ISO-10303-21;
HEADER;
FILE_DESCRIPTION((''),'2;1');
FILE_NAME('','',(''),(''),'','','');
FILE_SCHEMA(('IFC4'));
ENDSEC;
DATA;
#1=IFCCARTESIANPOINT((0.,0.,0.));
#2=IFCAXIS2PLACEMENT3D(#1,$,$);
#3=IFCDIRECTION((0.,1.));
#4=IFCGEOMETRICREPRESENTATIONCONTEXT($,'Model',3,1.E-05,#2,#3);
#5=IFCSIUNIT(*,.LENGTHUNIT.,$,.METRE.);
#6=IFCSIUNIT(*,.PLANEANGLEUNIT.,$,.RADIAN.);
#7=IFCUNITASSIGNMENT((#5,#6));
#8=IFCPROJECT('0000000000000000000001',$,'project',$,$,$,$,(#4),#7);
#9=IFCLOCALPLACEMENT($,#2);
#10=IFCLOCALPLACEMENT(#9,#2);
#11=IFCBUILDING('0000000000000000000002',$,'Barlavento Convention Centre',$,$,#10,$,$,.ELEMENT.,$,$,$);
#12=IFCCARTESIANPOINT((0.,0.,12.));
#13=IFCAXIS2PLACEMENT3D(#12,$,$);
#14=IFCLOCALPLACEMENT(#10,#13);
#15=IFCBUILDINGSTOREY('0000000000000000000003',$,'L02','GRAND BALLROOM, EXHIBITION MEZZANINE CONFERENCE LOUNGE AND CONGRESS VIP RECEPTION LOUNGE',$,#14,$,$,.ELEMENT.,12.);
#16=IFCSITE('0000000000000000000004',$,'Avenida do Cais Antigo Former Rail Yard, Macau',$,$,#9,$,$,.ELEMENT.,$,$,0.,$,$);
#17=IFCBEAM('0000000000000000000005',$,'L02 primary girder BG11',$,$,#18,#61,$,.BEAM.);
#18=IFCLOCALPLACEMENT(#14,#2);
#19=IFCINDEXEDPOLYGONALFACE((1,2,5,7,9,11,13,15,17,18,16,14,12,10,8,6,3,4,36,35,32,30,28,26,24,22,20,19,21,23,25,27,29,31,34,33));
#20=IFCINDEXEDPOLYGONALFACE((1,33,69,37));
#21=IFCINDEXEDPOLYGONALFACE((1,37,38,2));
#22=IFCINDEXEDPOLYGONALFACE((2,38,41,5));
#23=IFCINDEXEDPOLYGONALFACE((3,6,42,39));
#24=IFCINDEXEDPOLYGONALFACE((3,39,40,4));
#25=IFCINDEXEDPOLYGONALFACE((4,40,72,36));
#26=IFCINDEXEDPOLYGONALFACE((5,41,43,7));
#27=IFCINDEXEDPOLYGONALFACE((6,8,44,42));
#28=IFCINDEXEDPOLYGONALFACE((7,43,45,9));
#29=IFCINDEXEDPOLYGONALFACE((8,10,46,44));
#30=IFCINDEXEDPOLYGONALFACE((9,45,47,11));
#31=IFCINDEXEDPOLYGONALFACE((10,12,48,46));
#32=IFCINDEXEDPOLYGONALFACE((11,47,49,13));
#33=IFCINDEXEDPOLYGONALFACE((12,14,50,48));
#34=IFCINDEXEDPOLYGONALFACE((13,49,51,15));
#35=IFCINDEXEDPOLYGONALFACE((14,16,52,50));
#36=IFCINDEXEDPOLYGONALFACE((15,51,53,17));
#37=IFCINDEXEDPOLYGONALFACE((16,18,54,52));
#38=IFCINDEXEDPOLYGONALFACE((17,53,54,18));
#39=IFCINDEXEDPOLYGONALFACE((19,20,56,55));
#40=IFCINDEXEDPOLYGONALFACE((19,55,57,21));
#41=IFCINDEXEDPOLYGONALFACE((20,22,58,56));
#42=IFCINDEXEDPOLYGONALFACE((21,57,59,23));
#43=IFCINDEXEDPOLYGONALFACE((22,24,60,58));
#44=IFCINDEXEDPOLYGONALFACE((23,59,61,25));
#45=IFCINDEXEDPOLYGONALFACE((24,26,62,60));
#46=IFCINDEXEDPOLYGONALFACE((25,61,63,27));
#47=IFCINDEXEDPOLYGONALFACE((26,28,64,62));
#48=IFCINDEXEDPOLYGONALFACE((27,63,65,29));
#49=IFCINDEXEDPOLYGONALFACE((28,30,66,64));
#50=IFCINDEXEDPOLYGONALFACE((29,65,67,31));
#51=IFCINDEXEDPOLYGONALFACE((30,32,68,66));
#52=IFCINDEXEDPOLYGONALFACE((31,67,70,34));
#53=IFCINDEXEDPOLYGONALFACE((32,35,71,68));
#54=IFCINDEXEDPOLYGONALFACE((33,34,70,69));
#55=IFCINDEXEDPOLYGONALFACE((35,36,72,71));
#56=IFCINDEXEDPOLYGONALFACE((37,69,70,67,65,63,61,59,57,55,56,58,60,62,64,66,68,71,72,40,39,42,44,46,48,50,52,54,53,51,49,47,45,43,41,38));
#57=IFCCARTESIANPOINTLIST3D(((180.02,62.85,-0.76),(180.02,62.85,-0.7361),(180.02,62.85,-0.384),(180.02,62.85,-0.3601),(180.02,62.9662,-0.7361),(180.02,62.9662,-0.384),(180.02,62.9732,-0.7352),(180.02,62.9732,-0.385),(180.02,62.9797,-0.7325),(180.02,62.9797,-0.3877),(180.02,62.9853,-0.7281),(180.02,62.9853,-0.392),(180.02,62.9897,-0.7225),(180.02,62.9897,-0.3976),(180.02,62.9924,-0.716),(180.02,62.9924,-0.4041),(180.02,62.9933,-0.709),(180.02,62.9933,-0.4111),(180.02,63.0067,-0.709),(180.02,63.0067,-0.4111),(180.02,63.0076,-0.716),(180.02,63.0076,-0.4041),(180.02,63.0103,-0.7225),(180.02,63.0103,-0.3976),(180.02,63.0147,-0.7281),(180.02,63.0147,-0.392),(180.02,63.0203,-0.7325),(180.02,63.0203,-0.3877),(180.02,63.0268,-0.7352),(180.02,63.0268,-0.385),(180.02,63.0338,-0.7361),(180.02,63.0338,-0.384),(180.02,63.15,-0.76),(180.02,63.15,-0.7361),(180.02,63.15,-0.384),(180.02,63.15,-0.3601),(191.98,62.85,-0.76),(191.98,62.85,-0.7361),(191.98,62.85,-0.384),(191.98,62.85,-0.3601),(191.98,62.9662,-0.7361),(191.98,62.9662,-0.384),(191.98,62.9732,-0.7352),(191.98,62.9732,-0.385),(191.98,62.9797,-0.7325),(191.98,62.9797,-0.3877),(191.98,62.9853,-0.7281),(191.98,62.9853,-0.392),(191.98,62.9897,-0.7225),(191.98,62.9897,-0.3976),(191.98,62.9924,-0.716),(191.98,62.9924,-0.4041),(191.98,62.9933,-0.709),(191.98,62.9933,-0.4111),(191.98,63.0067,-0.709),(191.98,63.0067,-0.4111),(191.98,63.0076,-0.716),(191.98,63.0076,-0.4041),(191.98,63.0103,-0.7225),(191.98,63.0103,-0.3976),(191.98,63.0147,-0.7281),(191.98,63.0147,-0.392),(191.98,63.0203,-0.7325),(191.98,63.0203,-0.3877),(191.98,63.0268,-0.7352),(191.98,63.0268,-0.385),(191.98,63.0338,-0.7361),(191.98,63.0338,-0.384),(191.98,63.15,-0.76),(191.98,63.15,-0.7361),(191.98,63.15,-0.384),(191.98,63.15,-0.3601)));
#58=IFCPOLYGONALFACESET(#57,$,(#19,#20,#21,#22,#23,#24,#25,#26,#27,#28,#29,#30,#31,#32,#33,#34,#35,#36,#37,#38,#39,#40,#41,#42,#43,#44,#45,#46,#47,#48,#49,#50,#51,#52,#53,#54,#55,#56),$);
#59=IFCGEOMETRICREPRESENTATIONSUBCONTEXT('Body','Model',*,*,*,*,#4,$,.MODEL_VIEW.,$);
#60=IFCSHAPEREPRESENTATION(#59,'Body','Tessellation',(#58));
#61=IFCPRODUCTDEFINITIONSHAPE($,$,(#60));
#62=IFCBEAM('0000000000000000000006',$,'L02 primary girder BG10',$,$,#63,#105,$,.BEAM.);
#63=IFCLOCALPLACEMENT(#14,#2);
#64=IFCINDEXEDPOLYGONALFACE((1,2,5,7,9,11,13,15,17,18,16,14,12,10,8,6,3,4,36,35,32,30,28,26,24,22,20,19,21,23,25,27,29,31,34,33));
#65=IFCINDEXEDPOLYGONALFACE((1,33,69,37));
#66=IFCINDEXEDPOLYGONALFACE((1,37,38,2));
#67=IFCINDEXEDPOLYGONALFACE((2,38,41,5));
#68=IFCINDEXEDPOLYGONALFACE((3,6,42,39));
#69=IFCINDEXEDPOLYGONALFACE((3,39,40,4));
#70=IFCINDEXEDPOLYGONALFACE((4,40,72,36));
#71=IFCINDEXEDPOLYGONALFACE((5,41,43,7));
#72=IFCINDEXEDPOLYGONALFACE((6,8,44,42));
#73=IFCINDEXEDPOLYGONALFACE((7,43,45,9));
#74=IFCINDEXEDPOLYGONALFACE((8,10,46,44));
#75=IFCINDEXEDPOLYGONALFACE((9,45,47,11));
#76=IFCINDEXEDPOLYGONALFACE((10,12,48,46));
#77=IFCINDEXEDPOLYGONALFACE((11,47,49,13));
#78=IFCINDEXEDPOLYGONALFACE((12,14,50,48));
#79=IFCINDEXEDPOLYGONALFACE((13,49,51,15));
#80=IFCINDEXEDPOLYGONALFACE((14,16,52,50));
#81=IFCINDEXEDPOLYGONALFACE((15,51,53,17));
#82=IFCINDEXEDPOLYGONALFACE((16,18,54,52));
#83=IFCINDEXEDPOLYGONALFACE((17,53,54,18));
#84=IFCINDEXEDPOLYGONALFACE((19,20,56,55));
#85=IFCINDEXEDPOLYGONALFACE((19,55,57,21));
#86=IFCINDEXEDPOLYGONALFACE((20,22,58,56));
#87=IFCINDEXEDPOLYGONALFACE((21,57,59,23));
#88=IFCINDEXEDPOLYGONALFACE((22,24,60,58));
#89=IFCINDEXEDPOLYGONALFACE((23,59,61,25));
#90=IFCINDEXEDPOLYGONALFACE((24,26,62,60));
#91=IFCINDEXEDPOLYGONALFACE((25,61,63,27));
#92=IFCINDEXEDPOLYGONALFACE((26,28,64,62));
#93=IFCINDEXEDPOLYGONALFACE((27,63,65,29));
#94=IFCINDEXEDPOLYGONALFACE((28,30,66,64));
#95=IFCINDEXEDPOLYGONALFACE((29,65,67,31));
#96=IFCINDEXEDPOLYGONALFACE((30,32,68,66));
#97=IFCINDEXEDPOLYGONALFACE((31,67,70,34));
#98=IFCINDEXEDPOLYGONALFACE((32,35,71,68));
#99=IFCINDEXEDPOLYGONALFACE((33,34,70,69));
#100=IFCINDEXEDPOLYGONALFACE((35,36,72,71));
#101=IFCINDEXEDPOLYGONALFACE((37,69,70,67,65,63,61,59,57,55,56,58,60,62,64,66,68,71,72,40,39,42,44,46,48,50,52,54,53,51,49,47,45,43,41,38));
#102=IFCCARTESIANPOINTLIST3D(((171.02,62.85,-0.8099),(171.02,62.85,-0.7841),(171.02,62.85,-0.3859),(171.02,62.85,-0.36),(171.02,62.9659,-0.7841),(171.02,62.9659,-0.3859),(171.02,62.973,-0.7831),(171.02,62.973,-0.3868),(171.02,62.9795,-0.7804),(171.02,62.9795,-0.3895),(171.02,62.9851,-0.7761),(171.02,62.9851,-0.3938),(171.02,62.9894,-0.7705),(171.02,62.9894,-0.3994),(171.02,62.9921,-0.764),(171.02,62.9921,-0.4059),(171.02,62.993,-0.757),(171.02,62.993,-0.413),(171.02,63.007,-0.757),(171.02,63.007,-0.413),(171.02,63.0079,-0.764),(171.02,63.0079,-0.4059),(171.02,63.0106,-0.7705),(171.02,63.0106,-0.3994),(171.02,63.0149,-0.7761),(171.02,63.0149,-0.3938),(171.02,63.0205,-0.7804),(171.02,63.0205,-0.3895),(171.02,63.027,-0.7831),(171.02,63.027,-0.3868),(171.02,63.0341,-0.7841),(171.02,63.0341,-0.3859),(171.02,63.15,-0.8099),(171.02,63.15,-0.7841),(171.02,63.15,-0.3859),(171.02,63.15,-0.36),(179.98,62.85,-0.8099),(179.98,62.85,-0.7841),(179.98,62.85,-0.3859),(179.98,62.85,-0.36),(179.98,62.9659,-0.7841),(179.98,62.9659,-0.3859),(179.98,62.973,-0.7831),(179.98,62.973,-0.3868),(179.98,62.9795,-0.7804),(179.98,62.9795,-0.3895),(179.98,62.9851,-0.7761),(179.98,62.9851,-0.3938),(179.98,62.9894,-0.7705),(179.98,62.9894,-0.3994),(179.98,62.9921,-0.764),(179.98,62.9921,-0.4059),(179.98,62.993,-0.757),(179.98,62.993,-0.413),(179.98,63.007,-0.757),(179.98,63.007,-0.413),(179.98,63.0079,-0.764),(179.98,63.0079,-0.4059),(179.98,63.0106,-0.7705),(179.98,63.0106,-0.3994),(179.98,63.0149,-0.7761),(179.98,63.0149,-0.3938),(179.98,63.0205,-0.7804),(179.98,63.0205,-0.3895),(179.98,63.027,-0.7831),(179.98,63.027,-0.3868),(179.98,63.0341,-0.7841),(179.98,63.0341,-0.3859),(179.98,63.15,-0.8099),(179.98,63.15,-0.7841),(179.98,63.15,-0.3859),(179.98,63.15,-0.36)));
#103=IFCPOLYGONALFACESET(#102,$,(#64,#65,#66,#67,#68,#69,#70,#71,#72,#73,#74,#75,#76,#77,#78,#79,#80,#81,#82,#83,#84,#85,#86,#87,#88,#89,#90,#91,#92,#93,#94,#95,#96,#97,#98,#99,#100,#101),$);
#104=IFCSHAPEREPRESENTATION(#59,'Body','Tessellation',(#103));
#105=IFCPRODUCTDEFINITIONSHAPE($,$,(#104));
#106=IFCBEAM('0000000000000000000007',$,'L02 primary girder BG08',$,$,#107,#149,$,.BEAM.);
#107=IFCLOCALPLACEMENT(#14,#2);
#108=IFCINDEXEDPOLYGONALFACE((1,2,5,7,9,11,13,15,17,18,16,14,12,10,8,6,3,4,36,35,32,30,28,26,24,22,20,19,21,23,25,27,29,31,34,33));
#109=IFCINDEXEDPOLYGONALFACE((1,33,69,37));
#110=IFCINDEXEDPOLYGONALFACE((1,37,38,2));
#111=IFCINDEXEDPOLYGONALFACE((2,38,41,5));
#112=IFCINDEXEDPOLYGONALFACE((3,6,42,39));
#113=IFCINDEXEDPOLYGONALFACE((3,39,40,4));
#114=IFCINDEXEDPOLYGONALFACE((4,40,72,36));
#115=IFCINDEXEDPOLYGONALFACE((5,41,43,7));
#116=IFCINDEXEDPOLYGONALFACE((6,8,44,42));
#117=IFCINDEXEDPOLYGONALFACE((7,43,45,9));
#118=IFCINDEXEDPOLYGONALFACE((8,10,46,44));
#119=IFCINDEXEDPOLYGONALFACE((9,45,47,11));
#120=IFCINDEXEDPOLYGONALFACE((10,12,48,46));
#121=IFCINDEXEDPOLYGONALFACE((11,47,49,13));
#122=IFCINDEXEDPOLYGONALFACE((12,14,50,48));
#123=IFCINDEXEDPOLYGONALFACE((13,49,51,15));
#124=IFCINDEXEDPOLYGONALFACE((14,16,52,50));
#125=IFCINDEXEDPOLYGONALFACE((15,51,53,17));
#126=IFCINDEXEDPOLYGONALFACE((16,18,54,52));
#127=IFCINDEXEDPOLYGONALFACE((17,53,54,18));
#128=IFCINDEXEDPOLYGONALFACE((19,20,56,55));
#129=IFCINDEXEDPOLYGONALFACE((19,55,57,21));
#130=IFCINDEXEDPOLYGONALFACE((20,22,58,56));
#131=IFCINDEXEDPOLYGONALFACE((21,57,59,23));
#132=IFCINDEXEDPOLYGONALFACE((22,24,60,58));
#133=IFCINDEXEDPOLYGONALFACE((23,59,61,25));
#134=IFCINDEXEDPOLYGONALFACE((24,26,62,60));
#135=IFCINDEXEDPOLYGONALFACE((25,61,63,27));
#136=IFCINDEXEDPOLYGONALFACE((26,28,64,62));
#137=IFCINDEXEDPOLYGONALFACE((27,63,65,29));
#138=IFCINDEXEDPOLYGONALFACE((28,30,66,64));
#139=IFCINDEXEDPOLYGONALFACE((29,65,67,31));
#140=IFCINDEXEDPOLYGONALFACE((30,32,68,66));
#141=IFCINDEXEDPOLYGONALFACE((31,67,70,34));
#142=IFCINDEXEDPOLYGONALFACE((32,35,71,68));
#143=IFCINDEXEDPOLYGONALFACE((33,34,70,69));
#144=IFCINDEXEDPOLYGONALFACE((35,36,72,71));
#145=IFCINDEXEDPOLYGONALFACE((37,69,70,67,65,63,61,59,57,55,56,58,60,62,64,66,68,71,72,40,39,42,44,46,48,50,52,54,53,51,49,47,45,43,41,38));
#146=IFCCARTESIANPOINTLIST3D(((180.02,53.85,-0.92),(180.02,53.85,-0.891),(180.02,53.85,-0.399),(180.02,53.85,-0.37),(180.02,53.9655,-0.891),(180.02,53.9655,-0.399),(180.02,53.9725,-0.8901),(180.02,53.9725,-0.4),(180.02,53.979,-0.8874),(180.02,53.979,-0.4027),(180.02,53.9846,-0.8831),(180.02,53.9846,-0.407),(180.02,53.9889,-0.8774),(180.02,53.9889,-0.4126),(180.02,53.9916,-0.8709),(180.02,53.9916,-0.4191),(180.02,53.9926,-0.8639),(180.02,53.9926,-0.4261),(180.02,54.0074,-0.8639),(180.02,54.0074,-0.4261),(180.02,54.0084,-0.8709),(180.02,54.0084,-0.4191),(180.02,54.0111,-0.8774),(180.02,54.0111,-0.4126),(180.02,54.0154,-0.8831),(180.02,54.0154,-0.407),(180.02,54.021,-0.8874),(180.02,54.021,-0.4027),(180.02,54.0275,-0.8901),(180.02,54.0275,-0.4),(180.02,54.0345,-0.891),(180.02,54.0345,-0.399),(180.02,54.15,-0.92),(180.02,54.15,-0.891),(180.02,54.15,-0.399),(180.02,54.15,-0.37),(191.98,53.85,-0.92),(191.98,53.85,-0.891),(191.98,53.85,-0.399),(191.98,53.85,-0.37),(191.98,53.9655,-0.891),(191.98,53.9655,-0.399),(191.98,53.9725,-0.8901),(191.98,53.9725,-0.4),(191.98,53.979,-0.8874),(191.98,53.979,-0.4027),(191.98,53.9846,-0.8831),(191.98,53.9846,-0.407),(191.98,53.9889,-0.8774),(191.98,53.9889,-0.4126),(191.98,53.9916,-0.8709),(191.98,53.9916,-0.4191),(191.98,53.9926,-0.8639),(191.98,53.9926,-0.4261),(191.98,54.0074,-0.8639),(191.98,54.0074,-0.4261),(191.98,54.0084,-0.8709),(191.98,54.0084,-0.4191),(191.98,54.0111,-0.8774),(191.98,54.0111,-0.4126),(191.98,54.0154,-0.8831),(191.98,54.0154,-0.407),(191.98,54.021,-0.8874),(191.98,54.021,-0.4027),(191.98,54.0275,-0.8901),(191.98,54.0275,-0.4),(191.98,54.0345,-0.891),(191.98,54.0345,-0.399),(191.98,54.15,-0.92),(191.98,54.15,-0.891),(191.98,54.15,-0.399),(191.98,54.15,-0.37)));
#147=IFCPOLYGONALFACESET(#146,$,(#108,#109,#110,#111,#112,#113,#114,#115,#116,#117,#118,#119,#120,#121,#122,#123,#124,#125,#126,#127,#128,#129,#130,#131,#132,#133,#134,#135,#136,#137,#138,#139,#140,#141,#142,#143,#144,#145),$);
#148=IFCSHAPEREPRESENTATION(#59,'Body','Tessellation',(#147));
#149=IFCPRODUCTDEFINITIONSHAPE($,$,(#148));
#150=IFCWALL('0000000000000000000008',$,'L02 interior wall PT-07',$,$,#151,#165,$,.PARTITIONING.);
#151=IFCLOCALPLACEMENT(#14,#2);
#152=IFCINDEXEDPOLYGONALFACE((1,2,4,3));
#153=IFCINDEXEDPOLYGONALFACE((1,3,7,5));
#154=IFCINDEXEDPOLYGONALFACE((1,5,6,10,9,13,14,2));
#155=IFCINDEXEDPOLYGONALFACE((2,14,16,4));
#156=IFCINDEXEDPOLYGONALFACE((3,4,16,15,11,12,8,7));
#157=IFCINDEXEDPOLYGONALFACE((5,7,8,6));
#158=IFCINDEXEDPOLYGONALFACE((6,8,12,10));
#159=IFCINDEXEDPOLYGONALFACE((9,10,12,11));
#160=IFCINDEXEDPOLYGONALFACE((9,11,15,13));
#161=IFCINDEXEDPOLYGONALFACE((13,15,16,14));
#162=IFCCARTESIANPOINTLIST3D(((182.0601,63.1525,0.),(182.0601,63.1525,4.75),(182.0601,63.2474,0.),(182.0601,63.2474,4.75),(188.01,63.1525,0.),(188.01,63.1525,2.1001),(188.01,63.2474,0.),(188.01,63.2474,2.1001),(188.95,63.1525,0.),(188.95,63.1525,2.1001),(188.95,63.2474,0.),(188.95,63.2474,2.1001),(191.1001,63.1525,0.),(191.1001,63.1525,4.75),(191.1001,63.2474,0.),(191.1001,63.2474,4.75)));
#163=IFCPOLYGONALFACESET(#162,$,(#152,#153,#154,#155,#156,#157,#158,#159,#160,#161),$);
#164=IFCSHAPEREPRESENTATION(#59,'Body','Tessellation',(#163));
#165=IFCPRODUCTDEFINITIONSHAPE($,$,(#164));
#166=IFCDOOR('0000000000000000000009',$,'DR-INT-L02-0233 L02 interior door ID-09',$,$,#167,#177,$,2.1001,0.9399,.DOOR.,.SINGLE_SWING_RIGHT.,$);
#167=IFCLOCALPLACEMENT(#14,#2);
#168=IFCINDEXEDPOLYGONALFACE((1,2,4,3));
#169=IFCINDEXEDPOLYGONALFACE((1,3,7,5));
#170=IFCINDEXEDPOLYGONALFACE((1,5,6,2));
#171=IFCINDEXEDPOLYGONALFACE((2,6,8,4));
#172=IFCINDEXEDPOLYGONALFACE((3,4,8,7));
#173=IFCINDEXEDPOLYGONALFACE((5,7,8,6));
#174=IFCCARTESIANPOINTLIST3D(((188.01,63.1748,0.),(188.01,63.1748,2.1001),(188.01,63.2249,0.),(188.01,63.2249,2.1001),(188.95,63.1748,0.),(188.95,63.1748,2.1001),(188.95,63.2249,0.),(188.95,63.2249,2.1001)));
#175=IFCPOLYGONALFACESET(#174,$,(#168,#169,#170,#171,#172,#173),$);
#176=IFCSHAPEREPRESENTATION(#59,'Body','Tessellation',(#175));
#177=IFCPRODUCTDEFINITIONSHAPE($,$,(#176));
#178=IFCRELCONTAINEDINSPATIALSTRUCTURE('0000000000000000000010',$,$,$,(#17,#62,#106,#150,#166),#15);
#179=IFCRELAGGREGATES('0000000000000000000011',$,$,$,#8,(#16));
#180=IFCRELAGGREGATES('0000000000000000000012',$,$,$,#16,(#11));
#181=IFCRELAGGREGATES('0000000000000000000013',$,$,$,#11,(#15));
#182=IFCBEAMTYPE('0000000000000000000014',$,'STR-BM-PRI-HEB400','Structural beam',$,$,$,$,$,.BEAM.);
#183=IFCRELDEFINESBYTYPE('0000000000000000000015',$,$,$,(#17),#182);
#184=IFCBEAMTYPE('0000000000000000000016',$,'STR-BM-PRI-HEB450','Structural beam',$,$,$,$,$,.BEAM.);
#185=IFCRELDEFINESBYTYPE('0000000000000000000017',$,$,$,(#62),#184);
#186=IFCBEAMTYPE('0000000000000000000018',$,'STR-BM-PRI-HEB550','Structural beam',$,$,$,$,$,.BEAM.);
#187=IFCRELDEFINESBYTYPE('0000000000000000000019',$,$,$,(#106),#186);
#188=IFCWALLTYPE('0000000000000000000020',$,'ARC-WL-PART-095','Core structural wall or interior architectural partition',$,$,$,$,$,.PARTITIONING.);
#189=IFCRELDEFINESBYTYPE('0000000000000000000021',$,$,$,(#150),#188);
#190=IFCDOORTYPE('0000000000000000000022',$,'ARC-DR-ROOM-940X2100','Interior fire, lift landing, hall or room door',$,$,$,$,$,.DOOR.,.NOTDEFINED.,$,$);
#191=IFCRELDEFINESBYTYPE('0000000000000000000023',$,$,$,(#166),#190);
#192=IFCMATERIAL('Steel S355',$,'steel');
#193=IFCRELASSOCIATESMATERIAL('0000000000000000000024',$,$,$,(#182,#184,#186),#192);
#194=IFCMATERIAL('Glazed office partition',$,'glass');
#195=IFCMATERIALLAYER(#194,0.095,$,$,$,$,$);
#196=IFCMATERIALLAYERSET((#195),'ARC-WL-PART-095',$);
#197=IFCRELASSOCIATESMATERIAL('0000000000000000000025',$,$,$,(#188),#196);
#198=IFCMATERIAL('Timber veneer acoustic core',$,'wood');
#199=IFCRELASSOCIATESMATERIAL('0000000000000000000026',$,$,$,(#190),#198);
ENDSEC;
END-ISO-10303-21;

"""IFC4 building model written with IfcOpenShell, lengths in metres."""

from ifc_helpers import new_model, si_unit, direction, frame, frame_2d, origin, origin_2d, place, context, subcontext, project, spatial, rectangle, i_section, extrude, material, layer, layer_set, material_profile, profile_set, type_object, element, fill, save


model = new_model("IFC4")

# Units and contexts
model_context = context("Model", 3, precision=1e-05, world=origin(), true_north=direction((0.0, 1.0)))
body_context = subcontext(model_context, "Body", "Model", "MODEL_VIEW")
ifc_project = project(units=[si_unit("LENGTHUNIT", "METRE"), si_unit("PLANEANGLEUNIT", "RADIAN")], contexts=[model_context])

# Site, building, storey
site_placement = place(None, origin())
site = spatial("IfcSite", under=ifc_project, at=site_placement, Name="Avenida do Cais Antigo Former Rail Yard, Macau", CompositionType="ELEMENT", RefElevation=0.0)
building_placement = place(site_placement, origin())
building = spatial("IfcBuilding", under=site, at=building_placement, Name="Barlavento Convention Centre", CompositionType="ELEMENT")
storey_placement = place(building_placement, frame((0.0, 0.0, 12.0)))
storey = spatial("IfcBuildingStorey", under=building, at=storey_placement, Name="L02", Description="GRAND BALLROOM, EXHIBITION MEZZANINE CONFERENCE LOUNGE AND CONGRESS VIP RECEPTION LOUNGE", CompositionType="ELEMENT", Elevation=12.0)

# Shared definitions
ifc_material_1 = material(Name="Steel S355", Category="steel")

# Beams
ifc_material_profile_1 = material_profile(ifc_material_1, i_section(OverallWidth=0.3, OverallDepth=0.3999, WebThickness=0.0134, FlangeThickness=0.0239, FilletRadius=0.0271, at=origin_2d()), Name="HEB 400")
ifc_profile_set_1 = profile_set([ifc_material_profile_1], Name="Steel S355")
beam_type_1 = type_object("IfcBeamType", Name="STR-BM-PRI-HEB400", Description="Structural beam", PredefinedType="BEAM", material=ifc_profile_set_1)
beam_1_placement = place(storey_placement, frame((180.02, 63.0, -0.5601), z_axis=(1.0, 0.0, 0.0), x_axis=(0.0, 1.0, 0.0)))
element("IfcBeam", 1, at=beam_1_placement, inside=storey, type_object=beam_type_1, Name="L02 primary girder BG11", PredefinedType="BEAM", context=body_context, shape_type="SweptSolid", body=[
    extrude(i_section(OverallWidth=0.3, OverallDepth=0.3999, WebThickness=0.0134, FlangeThickness=0.0239, FilletRadius=0.0271, at=origin_2d()), origin(), (0.0, 0.0, 1.0), 11.96),
])
ifc_material_profile_2 = material_profile(ifc_material_1, i_section(OverallWidth=0.3, OverallDepth=0.45, WebThickness=0.0139, FlangeThickness=0.0259, FilletRadius=0.0271, at=origin_2d()), Name="HEB 450")
ifc_profile_set_2 = profile_set([ifc_material_profile_2], Name="Steel S355")
beam_type_2 = type_object("IfcBeamType", Name="STR-BM-PRI-HEB450", Description="Structural beam", PredefinedType="BEAM", material=ifc_profile_set_2)
beam_2_placement = place(storey_placement, frame((171.02, 63.0, -0.585), z_axis=(1.0, 0.0, 0.0), x_axis=(0.0, 1.0, 0.0)))
element("IfcBeam", 2, at=beam_2_placement, inside=storey, type_object=beam_type_2, Name="L02 primary girder BG10", PredefinedType="BEAM", context=body_context, shape_type="SweptSolid", body=[
    extrude(i_section(OverallWidth=0.3, OverallDepth=0.45, WebThickness=0.0139, FlangeThickness=0.0259, FilletRadius=0.0271, at=origin_2d()), origin(), (0.0, 0.0, 1.0), 8.96),
])
ifc_material_profile_3 = material_profile(ifc_material_1, i_section(OverallWidth=0.3, OverallDepth=0.55, WebThickness=0.0149, FlangeThickness=0.0291, FilletRadius=0.0271, at=origin_2d()), Name="HEB 550")
ifc_profile_set_3 = profile_set([ifc_material_profile_3], Name="Steel S355")
beam_type_3 = type_object("IfcBeamType", Name="STR-BM-PRI-HEB550", Description="Structural beam", PredefinedType="BEAM", material=ifc_profile_set_3)
beam_3_placement = place(storey_placement, frame((180.02, 54.0, -0.645), z_axis=(1.0, 0.0, 0.0), x_axis=(0.0, 1.0, 0.0)))
element("IfcBeam", 3, at=beam_3_placement, inside=storey, type_object=beam_type_3, Name="L02 primary girder BG08", PredefinedType="BEAM", context=body_context, shape_type="SweptSolid", body=[
    extrude(i_section(OverallWidth=0.3, OverallDepth=0.55, WebThickness=0.0149, FlangeThickness=0.0291, FilletRadius=0.0271, at=origin_2d()), origin(), (0.0, 0.0, 1.0), 11.96),
])

# Wall, opening, door
ifc_material_2 = material(Name="Glazed office partition", Category="glass")
ifc_layer_1 = layer(ifc_material_2, 0.095)
ifc_layer_set_1 = layer_set([ifc_layer_1], Name="ARC-WL-PART-095")
wall_type_1 = type_object("IfcWallType", Name="ARC-WL-PART-095", Description="Core structural wall or interior architectural partition", PredefinedType="PARTITIONING", material=ifc_layer_set_1)
wall_1_placement = place(storey_placement, frame((182.0601, 63.2, 0.0), z_axis=(0.0, 0.0, 1.0), x_axis=(1.0, 0.0, 0.0)))
wall_1 = element("IfcWall", 4, at=wall_1_placement, inside=storey, type_object=wall_type_1, Name="L02 interior wall PT-07", PredefinedType="PARTITIONING", context=body_context, shape_type="SweptSolid", body=[
    extrude(rectangle(XDim=9.04, YDim=0.095, at=frame_2d((4.52, 0.0))), origin(), (0.0, 0.0, 1.0), 4.75),
])
opening_1_placement = place(wall_1_placement, frame((5.95, 0.0, 0.0)))
opening_1 = element("IfcOpeningElement", 5, at=opening_1_placement, cuts=wall_1, PredefinedType="OPENING", context=body_context, shape_type="SweptSolid", body=[
    extrude(rectangle(XDim=0.9399, YDim=2.1001, at=frame_2d((0.47, 1.05))), frame((0.0, 0.0574, 0.0), z_axis=(0.0, -1.0, 0.0), x_axis=(1.0, 0.0, 0.0)), (0.0, 0.0, 1.0), 0.115),
])
ifc_material_3 = material(Name="Timber veneer acoustic core", Category="wood")
door_type_1 = type_object("IfcDoorType", Name="ARC-DR-ROOM-940X2100", Description="Interior fire, lift landing, hall or room door", OperationType="NOTDEFINED", PredefinedType="DOOR", material=ifc_material_3)
door_1_placement = place(opening_1_placement, origin())
door_1 = element("IfcDoor", 6, at=door_1_placement, inside=storey, type_object=door_type_1, Name="DR-INT-L02-0233 L02 interior door ID-09", OperationType="SINGLE_SWING_RIGHT", OverallHeight=2.1001, OverallWidth=0.9399, PredefinedType="DOOR", context=body_context, shape_type="SweptSolid", body=[
    extrude(rectangle(XDim=0.9399, YDim=2.1001, at=frame_2d((0.47, 1.05))), frame((0.0, 0.0249, 0.0), z_axis=(0.0, -1.0, 0.0), x_axis=(1.0, 0.0, 0.0)), (0.0, 0.0, 1.0), 0.05),
])
fill(opening_1, door_1)

save(model, "model.ifc")
